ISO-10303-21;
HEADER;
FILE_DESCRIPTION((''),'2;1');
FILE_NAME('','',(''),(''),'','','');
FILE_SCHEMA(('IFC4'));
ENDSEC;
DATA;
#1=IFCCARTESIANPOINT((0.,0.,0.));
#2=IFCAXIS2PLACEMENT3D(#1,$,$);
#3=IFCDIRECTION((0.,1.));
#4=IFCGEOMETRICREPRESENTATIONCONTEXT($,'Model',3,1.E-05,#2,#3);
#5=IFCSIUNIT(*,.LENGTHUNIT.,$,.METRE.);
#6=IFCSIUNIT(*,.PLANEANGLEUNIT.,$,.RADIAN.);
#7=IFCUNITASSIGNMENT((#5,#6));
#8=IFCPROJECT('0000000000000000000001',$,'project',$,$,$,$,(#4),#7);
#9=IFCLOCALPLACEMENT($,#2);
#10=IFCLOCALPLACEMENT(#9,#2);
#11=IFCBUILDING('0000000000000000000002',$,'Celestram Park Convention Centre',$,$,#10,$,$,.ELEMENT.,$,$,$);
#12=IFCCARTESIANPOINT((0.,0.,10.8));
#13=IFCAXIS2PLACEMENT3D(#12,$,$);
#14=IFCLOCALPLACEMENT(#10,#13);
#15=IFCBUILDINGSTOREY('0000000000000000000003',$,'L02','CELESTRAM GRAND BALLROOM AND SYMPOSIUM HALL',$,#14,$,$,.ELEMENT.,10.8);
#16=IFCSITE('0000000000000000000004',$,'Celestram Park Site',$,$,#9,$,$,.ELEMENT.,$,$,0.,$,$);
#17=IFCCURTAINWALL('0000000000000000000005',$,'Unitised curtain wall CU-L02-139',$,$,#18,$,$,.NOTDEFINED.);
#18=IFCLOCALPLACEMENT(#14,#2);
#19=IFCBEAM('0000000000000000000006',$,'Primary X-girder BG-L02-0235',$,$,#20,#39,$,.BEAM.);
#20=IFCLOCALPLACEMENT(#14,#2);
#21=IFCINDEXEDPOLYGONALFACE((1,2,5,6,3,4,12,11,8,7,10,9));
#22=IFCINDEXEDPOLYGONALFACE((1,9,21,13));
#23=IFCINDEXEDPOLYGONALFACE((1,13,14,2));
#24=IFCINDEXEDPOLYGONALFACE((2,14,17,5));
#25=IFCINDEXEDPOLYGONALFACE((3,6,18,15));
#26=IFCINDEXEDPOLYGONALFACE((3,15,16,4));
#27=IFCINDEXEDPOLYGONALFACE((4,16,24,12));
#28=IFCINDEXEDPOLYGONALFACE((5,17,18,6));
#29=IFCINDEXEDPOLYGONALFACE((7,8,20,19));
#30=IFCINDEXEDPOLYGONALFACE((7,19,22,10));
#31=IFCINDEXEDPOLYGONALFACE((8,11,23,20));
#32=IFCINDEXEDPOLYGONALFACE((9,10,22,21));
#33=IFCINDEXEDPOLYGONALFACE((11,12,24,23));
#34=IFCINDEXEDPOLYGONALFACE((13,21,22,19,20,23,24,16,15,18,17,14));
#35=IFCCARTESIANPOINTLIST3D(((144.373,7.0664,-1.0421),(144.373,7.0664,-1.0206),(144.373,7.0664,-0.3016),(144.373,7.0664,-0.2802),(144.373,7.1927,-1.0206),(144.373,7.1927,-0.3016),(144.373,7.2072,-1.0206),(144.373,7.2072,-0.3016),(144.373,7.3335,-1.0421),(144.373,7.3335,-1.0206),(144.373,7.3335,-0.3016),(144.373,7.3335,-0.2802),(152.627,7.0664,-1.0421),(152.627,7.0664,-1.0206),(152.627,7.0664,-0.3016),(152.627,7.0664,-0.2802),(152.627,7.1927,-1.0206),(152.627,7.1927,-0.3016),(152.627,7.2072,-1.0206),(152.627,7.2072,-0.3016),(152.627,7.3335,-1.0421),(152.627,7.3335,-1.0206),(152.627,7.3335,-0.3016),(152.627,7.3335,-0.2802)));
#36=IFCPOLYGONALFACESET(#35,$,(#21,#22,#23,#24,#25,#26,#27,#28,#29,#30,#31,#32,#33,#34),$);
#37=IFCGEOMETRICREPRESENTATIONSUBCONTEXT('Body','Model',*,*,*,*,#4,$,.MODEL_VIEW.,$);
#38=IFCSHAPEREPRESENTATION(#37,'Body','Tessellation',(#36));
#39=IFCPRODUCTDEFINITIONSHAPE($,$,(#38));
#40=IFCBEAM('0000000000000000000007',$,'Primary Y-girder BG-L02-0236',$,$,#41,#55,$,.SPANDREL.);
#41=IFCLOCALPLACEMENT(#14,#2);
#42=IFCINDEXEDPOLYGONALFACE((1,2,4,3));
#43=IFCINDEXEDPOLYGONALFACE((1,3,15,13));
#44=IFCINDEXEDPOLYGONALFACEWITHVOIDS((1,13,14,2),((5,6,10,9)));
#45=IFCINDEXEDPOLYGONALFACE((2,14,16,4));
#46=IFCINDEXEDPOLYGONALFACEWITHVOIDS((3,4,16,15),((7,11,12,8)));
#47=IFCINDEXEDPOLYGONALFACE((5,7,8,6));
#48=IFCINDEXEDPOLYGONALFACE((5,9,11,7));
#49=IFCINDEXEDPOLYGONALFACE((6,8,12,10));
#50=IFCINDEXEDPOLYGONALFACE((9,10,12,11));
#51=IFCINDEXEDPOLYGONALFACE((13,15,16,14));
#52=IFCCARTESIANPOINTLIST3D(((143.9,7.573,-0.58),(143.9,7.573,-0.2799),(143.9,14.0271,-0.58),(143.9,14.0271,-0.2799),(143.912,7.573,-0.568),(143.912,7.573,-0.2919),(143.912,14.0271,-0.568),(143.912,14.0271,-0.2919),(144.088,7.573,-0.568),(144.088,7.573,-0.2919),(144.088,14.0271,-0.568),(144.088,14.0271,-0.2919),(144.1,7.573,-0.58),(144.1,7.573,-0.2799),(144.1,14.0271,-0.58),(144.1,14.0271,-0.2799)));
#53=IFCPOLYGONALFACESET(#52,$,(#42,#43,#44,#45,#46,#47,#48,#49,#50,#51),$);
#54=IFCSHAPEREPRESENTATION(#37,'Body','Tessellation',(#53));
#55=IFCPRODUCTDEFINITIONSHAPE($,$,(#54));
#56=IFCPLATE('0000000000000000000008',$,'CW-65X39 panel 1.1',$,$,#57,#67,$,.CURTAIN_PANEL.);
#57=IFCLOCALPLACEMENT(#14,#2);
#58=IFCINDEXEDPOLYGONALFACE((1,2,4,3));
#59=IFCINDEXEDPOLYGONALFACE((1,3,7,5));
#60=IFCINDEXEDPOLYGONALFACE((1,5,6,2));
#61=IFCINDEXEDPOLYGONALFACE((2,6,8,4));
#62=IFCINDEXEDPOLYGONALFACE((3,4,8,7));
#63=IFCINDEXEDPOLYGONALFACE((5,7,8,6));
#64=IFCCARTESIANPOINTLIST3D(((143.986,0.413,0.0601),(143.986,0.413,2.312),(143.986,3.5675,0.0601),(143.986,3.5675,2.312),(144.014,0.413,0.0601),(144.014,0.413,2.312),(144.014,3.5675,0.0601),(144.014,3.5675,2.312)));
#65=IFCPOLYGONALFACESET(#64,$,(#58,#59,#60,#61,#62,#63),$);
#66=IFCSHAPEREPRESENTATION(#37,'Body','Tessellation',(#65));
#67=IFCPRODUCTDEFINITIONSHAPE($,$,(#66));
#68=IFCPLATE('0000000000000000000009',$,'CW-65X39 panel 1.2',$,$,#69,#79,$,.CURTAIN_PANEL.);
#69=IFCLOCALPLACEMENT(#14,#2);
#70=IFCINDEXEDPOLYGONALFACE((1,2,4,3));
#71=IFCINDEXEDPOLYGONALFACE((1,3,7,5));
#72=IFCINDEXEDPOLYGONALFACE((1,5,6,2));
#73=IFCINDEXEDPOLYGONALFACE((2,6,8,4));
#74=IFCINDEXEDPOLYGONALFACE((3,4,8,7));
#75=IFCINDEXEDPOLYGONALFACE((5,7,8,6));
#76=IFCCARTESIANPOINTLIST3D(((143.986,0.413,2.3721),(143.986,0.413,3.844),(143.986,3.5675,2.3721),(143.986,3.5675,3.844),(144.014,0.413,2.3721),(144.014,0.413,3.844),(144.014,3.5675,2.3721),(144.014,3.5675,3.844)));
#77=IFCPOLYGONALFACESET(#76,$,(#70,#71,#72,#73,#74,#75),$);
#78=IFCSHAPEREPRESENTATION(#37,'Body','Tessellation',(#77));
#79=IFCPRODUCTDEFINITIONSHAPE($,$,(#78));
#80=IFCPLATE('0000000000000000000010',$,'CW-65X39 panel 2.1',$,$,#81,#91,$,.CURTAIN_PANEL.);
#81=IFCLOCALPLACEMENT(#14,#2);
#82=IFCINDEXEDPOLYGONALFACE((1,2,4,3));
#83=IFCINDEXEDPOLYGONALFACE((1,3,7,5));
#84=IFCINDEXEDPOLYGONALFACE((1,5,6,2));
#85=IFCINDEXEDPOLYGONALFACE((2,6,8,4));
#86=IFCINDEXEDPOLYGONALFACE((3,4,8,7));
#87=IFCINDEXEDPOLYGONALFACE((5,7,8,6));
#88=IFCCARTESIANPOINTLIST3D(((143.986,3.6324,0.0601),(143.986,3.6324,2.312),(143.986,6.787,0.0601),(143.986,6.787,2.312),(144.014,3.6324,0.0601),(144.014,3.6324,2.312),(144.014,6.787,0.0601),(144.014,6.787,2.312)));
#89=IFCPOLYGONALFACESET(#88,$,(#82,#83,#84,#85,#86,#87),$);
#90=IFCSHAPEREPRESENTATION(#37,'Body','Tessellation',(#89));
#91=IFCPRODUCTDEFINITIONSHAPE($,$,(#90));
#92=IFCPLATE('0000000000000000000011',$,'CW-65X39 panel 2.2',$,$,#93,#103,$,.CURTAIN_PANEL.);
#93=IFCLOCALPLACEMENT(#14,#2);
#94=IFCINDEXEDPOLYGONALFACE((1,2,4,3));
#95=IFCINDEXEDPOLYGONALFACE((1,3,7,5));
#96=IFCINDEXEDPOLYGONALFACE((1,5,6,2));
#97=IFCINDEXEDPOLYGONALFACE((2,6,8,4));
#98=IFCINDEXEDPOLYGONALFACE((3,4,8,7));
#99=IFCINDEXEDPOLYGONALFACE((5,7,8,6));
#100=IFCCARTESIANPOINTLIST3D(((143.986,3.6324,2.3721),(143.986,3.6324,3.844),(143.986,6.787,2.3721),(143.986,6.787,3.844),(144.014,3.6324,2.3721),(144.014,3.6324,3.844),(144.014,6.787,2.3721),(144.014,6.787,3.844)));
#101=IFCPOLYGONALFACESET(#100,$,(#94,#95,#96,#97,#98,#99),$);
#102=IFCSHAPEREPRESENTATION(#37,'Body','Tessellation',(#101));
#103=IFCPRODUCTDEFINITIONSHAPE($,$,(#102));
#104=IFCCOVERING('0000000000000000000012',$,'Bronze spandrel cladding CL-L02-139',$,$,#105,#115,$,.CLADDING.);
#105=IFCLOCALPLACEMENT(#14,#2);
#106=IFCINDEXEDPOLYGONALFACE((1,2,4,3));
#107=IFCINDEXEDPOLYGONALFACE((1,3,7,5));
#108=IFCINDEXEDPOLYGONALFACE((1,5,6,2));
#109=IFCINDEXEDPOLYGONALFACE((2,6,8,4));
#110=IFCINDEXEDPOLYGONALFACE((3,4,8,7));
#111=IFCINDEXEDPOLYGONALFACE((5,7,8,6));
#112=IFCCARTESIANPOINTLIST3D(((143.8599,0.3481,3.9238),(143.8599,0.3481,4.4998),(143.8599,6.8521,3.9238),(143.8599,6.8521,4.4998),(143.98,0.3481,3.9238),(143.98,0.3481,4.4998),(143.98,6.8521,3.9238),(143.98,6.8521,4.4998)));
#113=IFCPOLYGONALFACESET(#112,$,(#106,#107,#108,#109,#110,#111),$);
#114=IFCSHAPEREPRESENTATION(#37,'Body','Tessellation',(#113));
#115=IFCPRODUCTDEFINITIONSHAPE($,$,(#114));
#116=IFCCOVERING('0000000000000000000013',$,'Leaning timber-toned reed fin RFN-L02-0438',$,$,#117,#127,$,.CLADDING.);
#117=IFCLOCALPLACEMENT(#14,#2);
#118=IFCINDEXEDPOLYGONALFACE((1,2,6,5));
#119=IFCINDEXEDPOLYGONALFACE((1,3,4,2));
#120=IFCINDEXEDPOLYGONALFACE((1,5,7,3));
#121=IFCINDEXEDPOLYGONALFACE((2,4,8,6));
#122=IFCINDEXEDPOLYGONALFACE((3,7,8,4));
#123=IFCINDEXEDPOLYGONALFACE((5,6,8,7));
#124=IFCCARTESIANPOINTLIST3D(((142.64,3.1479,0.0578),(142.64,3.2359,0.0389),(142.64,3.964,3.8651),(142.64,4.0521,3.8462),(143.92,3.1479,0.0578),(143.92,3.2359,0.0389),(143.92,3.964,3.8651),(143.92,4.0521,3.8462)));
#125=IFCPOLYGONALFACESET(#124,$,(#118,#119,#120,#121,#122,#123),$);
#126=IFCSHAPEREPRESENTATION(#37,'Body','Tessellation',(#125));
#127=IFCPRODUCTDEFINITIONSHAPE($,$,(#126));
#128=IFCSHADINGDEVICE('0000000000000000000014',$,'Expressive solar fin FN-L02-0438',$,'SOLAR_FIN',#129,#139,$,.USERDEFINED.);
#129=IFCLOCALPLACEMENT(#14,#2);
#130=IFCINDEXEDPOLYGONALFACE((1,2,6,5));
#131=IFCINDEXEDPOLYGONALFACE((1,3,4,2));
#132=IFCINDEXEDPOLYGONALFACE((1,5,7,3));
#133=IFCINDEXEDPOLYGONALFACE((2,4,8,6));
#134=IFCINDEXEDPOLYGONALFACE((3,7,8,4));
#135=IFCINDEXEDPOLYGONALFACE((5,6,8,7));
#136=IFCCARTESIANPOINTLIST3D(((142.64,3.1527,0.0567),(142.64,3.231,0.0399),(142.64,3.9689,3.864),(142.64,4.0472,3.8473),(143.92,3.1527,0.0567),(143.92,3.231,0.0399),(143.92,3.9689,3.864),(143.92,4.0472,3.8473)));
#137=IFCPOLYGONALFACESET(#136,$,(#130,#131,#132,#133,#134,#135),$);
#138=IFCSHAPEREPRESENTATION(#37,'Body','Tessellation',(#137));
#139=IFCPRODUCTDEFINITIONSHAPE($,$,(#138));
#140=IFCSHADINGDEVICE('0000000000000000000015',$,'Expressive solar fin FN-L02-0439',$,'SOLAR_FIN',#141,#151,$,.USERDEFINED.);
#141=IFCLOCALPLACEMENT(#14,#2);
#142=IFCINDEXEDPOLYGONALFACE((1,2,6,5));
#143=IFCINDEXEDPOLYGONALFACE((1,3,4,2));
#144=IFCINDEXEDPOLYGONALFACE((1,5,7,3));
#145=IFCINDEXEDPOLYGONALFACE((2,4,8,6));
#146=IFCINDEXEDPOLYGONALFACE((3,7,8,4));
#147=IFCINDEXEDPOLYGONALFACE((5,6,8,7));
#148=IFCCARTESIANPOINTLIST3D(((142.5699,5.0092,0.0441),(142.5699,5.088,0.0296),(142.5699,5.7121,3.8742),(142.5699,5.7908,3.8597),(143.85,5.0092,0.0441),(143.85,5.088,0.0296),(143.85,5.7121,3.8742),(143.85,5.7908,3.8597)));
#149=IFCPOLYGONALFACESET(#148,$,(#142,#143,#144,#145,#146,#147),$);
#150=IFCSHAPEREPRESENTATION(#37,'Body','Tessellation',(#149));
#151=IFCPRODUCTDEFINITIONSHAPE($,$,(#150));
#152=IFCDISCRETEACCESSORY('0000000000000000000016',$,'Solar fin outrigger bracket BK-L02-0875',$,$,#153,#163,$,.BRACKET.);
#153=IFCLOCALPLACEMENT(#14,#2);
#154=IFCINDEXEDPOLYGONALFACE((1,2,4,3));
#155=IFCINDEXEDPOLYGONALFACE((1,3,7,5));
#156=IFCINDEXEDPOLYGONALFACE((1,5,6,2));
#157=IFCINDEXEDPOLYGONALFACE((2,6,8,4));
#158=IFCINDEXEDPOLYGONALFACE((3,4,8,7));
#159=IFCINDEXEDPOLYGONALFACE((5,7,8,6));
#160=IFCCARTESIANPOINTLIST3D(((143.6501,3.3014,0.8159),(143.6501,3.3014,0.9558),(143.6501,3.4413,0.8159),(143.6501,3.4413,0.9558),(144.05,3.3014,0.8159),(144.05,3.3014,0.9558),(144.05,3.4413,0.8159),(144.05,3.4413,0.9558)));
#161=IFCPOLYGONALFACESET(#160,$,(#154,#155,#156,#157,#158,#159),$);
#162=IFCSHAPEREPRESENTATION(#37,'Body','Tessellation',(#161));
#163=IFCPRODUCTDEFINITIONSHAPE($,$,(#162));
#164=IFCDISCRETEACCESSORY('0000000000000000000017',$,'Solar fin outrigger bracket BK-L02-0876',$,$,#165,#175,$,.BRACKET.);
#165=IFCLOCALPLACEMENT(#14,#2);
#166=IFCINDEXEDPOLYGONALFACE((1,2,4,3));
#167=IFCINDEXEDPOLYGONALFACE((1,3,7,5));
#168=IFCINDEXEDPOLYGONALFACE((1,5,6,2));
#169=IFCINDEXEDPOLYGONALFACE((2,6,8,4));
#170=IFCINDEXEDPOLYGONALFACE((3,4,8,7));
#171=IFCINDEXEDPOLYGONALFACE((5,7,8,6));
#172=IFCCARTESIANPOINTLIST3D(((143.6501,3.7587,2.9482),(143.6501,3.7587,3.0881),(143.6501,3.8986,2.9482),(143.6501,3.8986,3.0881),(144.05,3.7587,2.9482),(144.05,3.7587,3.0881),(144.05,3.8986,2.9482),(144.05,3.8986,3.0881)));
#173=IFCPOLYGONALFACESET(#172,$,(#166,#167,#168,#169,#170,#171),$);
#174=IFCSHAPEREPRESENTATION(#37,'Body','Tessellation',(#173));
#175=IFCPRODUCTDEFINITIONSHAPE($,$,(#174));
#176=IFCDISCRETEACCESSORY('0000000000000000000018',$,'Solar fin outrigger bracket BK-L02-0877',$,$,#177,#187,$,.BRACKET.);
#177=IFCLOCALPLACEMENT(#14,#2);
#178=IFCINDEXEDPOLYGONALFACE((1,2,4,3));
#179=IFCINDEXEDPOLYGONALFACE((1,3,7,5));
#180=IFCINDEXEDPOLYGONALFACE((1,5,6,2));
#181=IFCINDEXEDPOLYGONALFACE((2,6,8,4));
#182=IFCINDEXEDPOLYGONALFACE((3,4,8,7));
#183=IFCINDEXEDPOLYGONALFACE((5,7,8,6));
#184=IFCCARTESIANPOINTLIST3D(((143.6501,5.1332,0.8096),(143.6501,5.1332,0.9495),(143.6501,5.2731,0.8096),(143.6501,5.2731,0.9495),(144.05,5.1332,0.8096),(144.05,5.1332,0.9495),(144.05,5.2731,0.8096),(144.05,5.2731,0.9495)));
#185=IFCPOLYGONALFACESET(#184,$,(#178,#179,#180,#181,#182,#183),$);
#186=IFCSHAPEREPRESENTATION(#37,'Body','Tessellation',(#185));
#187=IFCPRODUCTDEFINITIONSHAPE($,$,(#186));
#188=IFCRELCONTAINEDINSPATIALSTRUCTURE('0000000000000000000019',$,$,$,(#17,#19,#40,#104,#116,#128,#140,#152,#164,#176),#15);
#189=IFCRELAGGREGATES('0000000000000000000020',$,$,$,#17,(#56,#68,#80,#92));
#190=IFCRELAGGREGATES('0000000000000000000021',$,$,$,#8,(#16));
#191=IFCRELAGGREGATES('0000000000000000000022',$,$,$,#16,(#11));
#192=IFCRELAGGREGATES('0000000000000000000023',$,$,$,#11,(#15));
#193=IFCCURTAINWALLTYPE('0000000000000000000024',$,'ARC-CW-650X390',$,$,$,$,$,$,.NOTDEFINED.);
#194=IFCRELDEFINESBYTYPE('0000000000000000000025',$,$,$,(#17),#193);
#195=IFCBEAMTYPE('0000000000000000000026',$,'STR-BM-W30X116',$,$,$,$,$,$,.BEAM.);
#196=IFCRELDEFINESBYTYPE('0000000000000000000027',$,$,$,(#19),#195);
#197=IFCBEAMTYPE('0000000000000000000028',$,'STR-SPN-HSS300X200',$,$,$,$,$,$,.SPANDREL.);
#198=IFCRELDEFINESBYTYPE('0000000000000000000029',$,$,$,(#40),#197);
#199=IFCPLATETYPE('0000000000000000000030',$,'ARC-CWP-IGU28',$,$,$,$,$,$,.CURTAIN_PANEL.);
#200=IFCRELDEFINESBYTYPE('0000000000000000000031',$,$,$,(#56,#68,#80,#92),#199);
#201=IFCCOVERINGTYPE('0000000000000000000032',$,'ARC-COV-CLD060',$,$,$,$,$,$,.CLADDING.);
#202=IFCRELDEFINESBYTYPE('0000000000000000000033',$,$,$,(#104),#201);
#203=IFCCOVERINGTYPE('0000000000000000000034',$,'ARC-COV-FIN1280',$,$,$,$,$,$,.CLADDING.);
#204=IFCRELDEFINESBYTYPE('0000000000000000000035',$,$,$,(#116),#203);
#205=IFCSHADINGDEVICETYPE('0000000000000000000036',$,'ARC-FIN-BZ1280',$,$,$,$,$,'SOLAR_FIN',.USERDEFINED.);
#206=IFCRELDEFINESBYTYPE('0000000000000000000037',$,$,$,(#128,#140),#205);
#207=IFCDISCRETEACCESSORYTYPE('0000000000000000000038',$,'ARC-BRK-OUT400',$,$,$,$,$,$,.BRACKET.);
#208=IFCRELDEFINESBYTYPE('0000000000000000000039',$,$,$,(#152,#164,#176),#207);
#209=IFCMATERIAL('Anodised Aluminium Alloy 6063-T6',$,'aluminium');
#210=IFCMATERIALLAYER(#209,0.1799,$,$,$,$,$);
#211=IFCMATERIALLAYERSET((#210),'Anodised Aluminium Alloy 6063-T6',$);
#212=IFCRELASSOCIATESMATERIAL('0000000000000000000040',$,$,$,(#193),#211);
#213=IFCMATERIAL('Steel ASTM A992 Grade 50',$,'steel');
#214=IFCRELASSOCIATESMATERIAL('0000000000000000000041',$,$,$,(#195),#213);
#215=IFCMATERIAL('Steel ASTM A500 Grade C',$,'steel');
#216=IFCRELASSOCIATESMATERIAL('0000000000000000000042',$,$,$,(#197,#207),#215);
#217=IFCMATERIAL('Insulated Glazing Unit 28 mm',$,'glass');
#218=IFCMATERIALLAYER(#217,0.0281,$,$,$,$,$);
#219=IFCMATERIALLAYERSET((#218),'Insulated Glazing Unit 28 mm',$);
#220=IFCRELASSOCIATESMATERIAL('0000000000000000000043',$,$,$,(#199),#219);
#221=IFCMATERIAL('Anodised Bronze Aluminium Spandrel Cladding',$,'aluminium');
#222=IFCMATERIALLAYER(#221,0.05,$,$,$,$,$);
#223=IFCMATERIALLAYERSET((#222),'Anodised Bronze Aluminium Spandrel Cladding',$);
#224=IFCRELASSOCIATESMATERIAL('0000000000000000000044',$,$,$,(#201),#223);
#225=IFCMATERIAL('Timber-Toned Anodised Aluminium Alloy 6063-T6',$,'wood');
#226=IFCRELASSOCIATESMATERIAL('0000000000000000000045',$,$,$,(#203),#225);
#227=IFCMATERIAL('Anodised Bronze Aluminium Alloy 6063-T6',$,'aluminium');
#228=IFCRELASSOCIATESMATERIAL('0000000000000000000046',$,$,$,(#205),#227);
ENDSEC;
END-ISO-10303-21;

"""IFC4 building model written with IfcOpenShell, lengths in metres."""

from ifc_helpers import new_model, si_unit, direction, frame, origin, origin_2d, place, context, subcontext, project, spatial, rectangle, hollow_rectangle, i_section, extrude, material, layer, layer_set, material_profile, profile_set, type_object, element, aggregate, save


model = new_model("IFC4")

# Units and contexts
model_context = context("Model", 3, precision=1e-05, world=origin(), true_north=direction((0.0, 1.0)))
body_context = subcontext(model_context, "Body", "Model", "MODEL_VIEW")
ifc_project = project(units=[si_unit("LENGTHUNIT", "METRE"), si_unit("PLANEANGLEUNIT", "RADIAN")], contexts=[model_context])

# Site, building, storey
site_placement = place(None, origin())
site = spatial("IfcSite", under=ifc_project, at=site_placement, Name="Celestram Park Site", CompositionType="ELEMENT", RefElevation=0.0)
building_placement = place(site_placement, origin())
building = spatial("IfcBuilding", under=site, at=building_placement, Name="Celestram Park Convention Centre", CompositionType="ELEMENT")
storey_placement = place(building_placement, frame((0.0, 0.0, 10.8)))
storey = spatial("IfcBuildingStorey", under=building, at=storey_placement, Name="L02", Description="CELESTRAM GRAND BALLROOM AND SYMPOSIUM HALL", CompositionType="ELEMENT", Elevation=10.8)

# Curtain wall
ifc_material_1 = material(Name="Anodised Aluminium Alloy 6063-T6", Category="aluminium")
ifc_layer_1 = layer(ifc_material_1, 0.1799)
ifc_layer_set_1 = layer_set([ifc_layer_1], Name="Anodised Aluminium Alloy 6063-T6")
curtain_wall_type_1 = type_object("IfcCurtainWallType", Name="ARC-CW-650X390", PredefinedType="NOTDEFINED", material=ifc_layer_set_1)
curtain_wall_1_placement = place(storey_placement, origin())
curtain_wall_1 = element("IfcCurtainWall", 1, at=curtain_wall_1_placement, inside=storey, type_object=curtain_wall_type_1, Name="Unitised curtain wall CU-L02-139", PredefinedType="NOTDEFINED")

# Beams
ifc_material_2 = material(Name="Steel ASTM A992 Grade 50", Category="steel")
ifc_material_profile_1 = material_profile(ifc_material_2, i_section(OverallWidth=0.2671, OverallDepth=0.762, WebThickness=0.0144, FlangeThickness=0.0215, at=origin_2d()), Name="W30X116")
ifc_profile_set_1 = profile_set([ifc_material_profile_1], Name="Steel ASTM A992 Grade 50")
beam_type_1 = type_object("IfcBeamType", Name="STR-BM-W30X116", PredefinedType="BEAM", material=ifc_profile_set_1)
beam_1_placement = place(storey_placement, frame((144.373, 7.2, -0.6611), z_axis=(1.0, 0.0, 0.0), x_axis=(0.0, 1.0, 0.0)))
element("IfcBeam", 2, at=beam_1_placement, inside=storey, type_object=beam_type_1, Name="Primary X-girder BG-L02-0235", PredefinedType="BEAM", context=body_context, shape_type="SweptSolid", body=[
    extrude(i_section(OverallWidth=0.2671, OverallDepth=0.762, WebThickness=0.0144, FlangeThickness=0.0215, at=origin_2d()), origin(), (0.0, 0.0, 1.0), 8.2539),
])
ifc_material_3 = material(Name="Steel ASTM A500 Grade C", Category="steel")
ifc_material_profile_2 = material_profile(ifc_material_3, hollow_rectangle(XDim=0.2, YDim=0.3, WallThickness=0.012, at=origin_2d()), Name="HSS300X200X12")
ifc_profile_set_2 = profile_set([ifc_material_profile_2], Name="Steel ASTM A500 Grade C")
beam_type_2 = type_object("IfcBeamType", Name="STR-SPN-HSS300X200", PredefinedType="SPANDREL", material=ifc_profile_set_2)
beam_2_placement = place(storey_placement, frame((144.0, 7.573, -0.4299), z_axis=(0.0, 1.0, 0.0), x_axis=(-1.0, 0.0, 0.0)))
element("IfcBeam", 3, at=beam_2_placement, inside=storey, type_object=beam_type_2, Name="Primary Y-girder BG-L02-0236", PredefinedType="SPANDREL", context=body_context, shape_type="SweptSolid", body=[
    extrude(hollow_rectangle(XDim=0.2, YDim=0.3, WallThickness=0.012, at=origin_2d()), origin(), (0.0, 0.0, 1.0), 6.4541),
])

# Plates
ifc_material_4 = material(Name="Insulated Glazing Unit 28 mm", Category="glass")
ifc_layer_2 = layer(ifc_material_4, 0.0281)
ifc_layer_set_2 = layer_set([ifc_layer_2], Name="Insulated Glazing Unit 28 mm")
plate_type = type_object("IfcPlateType", Name="ARC-CWP-IGU28", PredefinedType="CURTAIN_PANEL", material=ifc_layer_set_2)
plate_1_placement = place(storey_placement, frame((144.0, 1.9902, 0.0601), z_axis=(0.0, 0.0, 1.0), x_axis=(0.0, 1.0, 0.0)))
plate_1 = element("IfcPlate", 4, at=plate_1_placement, type_object=plate_type, Name="CW-65X39 panel 1.1", PredefinedType="CURTAIN_PANEL", context=body_context, shape_type="SweptSolid", body=[
    extrude(rectangle(XDim=3.1545, YDim=0.0281, at=origin_2d()), origin(), (0.0, 0.0, 1.0), 2.252),
])
plate_2_placement = place(storey_placement, frame((144.0, 1.9902, 2.3721), z_axis=(0.0, 0.0, 1.0), x_axis=(0.0, 1.0, 0.0)))
plate_2 = element("IfcPlate", 5, at=plate_2_placement, type_object=plate_type, Name="CW-65X39 panel 1.2", PredefinedType="CURTAIN_PANEL", context=body_context, shape_type="SweptSolid", body=[
    extrude(rectangle(XDim=3.1545, YDim=0.0281, at=origin_2d()), origin(), (0.0, 0.0, 1.0), 1.4719),
])
plate_3_placement = place(storey_placement, frame((144.0, 5.2097, 0.0601), z_axis=(0.0, 0.0, 1.0), x_axis=(0.0, 1.0, 0.0)))
plate_3 = element("IfcPlate", 6, at=plate_3_placement, type_object=plate_type, Name="CW-65X39 panel 2.1", PredefinedType="CURTAIN_PANEL", context=body_context, shape_type="SweptSolid", body=[
    extrude(rectangle(XDim=3.1545, YDim=0.0281, at=origin_2d()), origin(), (0.0, 0.0, 1.0), 2.252),
])
plate_4_placement = place(storey_placement, frame((144.0, 5.2097, 2.3721), z_axis=(0.0, 0.0, 1.0), x_axis=(0.0, 1.0, 0.0)))
plate_4 = element("IfcPlate", 7, at=plate_4_placement, type_object=plate_type, Name="CW-65X39 panel 2.2", PredefinedType="CURTAIN_PANEL", context=body_context, shape_type="SweptSolid", body=[
    extrude(rectangle(XDim=3.1545, YDim=0.0281, at=origin_2d()), origin(), (0.0, 0.0, 1.0), 1.4719),
])
aggregate(curtain_wall_1, [plate_1, plate_2, plate_3, plate_4])

# Coverings
ifc_material_5 = material(Name="Anodised Bronze Aluminium Spandrel Cladding", Category="aluminium")
ifc_layer_3 = layer(ifc_material_5, 0.05)
ifc_layer_set_3 = layer_set([ifc_layer_3], Name="Anodised Bronze Aluminium Spandrel Cladding")
covering_type_1 = type_object("IfcCoveringType", Name="ARC-COV-CLD060", PredefinedType="CLADDING", material=ifc_layer_set_3)
covering_1_placement = place(storey_placement, frame((143.9199, 3.6001, 3.9238), z_axis=(0.0, 0.0, 1.0), x_axis=(0.0, 1.0, 0.0)))
element("IfcCovering", 8, at=covering_1_placement, inside=storey, type_object=covering_type_1, Name="Bronze spandrel cladding CL-L02-139", PredefinedType="CLADDING", context=body_context, shape_type="SweptSolid", body=[
    extrude(rectangle(XDim=6.5039, YDim=0.1201, at=origin_2d()), origin(), (0.0, 0.0, 1.0), 0.5759),
])
ifc_material_6 = material(Name="Timber-Toned Anodised Aluminium Alloy 6063-T6", Category="wood")
ifc_material_profile_3 = material_profile(ifc_material_6, rectangle(XDim=1.28, YDim=0.0901, at=origin_2d()), Name="REED1280X90")
ifc_profile_set_3 = profile_set([ifc_material_profile_3], Name="Timber-Toned Anodised Aluminium Alloy 6063-T6")
covering_type_2 = type_object("IfcCoveringType", Name="ARC-COV-FIN1280", PredefinedType="CLADDING", material=ifc_profile_set_3)
covering_2_placement = place(storey_placement, frame((143.28, 3.1919, 0.0483), z_axis=(0.0, 0.209602, 0.977787), x_axis=(-1.0, 0.0, 0.0)))
element("IfcCovering", 9, at=covering_2_placement, inside=storey, type_object=covering_type_2, Name="Leaning timber-toned reed fin RFN-L02-0438", PredefinedType="CLADDING", context=body_context, shape_type="SweptSolid", body=[
    extrude(rectangle(XDim=1.28, YDim=0.0901, at=origin_2d()), origin(), (0.0, 0.0, 1.0), 3.8938),
])

# Shading devices
ifc_material_7 = material(Name="Anodised Bronze Aluminium Alloy 6063-T6", Category="aluminium")
ifc_material_profile_4 = material_profile(ifc_material_7, rectangle(XDim=1.28, YDim=0.0801, at=origin_2d()), Name="FIN1280X80")
ifc_profile_set_4 = profile_set([ifc_material_profile_4], Name="Anodised Bronze Aluminium Alloy 6063-T6")
shading_device_type = type_object("IfcShadingDeviceType", Name="ARC-FIN-BZ1280", ElementType="SOLAR_FIN", PredefinedType="USERDEFINED", material=ifc_profile_set_4)
shading_device_1_placement = place(storey_placement, frame((143.28, 3.1919, 0.0483), z_axis=(0.0, 0.209602, 0.977787), x_axis=(-1.0, 0.0, 0.0)))
element("IfcShadingDevice", 10, at=shading_device_1_placement, inside=storey, type_object=shading_device_type, Name="Expressive solar fin FN-L02-0438", ObjectType="SOLAR_FIN", PredefinedType="USERDEFINED", context=body_context, shape_type="SweptSolid", body=[
    extrude(rectangle(XDim=1.28, YDim=0.0801, at=origin_2d()), origin(), (0.0, 0.0, 1.0), 3.8938),
])
shading_device_2_placement = place(storey_placement, frame((143.21, 5.0486, 0.0369), z_axis=(0.0, 0.180502, 0.983575), x_axis=(-1.0, 0.0, 0.0)))
element("IfcShadingDevice", 11, at=shading_device_2_placement, inside=storey, type_object=shading_device_type, Name="Expressive solar fin FN-L02-0439", ObjectType="SOLAR_FIN", PredefinedType="USERDEFINED", context=body_context, shape_type="SweptSolid", body=[
    extrude(rectangle(XDim=1.28, YDim=0.0801, at=origin_2d()), origin(), (0.0, 0.0, 1.0), 3.894),
])

# Discrete accessories
discrete_accessory_type = type_object("IfcDiscreteAccessoryType", Name="ARC-BRK-OUT400", PredefinedType="BRACKET", material=ifc_material_3)
for number, where, z_axis, x_axis, name in (
    (12, (143.8501, 3.3713, 0.8159), (0.0, 0.0, 1.0), (-1.0, 0.0, 0.0), "Solar fin outrigger bracket BK-L02-0875"),
    (13, (143.8501, 3.8286, 2.9482), (0.0, 0.0, 1.0), (-1.0, 0.0, 0.0), "Solar fin outrigger bracket BK-L02-0876"),
    (14, (143.8501, 5.2031, 0.8096), (0.0, 0.0, 1.0), (-1.0, 0.0, 0.0), "Solar fin outrigger bracket BK-L02-0877"),
):
    element("IfcDiscreteAccessory", number, at=place(storey_placement, frame(where, z_axis=z_axis, x_axis=x_axis)), inside=storey, type_object=discrete_accessory_type, Name=name, PredefinedType="BRACKET", context=body_context, shape_type="SweptSolid", body=[
        extrude(rectangle(XDim=0.3999, YDim=0.1399, at=origin_2d()), origin(), (0.0, 0.0, 1.0), 0.1399),
    ])

save(model, "model.ifc")
